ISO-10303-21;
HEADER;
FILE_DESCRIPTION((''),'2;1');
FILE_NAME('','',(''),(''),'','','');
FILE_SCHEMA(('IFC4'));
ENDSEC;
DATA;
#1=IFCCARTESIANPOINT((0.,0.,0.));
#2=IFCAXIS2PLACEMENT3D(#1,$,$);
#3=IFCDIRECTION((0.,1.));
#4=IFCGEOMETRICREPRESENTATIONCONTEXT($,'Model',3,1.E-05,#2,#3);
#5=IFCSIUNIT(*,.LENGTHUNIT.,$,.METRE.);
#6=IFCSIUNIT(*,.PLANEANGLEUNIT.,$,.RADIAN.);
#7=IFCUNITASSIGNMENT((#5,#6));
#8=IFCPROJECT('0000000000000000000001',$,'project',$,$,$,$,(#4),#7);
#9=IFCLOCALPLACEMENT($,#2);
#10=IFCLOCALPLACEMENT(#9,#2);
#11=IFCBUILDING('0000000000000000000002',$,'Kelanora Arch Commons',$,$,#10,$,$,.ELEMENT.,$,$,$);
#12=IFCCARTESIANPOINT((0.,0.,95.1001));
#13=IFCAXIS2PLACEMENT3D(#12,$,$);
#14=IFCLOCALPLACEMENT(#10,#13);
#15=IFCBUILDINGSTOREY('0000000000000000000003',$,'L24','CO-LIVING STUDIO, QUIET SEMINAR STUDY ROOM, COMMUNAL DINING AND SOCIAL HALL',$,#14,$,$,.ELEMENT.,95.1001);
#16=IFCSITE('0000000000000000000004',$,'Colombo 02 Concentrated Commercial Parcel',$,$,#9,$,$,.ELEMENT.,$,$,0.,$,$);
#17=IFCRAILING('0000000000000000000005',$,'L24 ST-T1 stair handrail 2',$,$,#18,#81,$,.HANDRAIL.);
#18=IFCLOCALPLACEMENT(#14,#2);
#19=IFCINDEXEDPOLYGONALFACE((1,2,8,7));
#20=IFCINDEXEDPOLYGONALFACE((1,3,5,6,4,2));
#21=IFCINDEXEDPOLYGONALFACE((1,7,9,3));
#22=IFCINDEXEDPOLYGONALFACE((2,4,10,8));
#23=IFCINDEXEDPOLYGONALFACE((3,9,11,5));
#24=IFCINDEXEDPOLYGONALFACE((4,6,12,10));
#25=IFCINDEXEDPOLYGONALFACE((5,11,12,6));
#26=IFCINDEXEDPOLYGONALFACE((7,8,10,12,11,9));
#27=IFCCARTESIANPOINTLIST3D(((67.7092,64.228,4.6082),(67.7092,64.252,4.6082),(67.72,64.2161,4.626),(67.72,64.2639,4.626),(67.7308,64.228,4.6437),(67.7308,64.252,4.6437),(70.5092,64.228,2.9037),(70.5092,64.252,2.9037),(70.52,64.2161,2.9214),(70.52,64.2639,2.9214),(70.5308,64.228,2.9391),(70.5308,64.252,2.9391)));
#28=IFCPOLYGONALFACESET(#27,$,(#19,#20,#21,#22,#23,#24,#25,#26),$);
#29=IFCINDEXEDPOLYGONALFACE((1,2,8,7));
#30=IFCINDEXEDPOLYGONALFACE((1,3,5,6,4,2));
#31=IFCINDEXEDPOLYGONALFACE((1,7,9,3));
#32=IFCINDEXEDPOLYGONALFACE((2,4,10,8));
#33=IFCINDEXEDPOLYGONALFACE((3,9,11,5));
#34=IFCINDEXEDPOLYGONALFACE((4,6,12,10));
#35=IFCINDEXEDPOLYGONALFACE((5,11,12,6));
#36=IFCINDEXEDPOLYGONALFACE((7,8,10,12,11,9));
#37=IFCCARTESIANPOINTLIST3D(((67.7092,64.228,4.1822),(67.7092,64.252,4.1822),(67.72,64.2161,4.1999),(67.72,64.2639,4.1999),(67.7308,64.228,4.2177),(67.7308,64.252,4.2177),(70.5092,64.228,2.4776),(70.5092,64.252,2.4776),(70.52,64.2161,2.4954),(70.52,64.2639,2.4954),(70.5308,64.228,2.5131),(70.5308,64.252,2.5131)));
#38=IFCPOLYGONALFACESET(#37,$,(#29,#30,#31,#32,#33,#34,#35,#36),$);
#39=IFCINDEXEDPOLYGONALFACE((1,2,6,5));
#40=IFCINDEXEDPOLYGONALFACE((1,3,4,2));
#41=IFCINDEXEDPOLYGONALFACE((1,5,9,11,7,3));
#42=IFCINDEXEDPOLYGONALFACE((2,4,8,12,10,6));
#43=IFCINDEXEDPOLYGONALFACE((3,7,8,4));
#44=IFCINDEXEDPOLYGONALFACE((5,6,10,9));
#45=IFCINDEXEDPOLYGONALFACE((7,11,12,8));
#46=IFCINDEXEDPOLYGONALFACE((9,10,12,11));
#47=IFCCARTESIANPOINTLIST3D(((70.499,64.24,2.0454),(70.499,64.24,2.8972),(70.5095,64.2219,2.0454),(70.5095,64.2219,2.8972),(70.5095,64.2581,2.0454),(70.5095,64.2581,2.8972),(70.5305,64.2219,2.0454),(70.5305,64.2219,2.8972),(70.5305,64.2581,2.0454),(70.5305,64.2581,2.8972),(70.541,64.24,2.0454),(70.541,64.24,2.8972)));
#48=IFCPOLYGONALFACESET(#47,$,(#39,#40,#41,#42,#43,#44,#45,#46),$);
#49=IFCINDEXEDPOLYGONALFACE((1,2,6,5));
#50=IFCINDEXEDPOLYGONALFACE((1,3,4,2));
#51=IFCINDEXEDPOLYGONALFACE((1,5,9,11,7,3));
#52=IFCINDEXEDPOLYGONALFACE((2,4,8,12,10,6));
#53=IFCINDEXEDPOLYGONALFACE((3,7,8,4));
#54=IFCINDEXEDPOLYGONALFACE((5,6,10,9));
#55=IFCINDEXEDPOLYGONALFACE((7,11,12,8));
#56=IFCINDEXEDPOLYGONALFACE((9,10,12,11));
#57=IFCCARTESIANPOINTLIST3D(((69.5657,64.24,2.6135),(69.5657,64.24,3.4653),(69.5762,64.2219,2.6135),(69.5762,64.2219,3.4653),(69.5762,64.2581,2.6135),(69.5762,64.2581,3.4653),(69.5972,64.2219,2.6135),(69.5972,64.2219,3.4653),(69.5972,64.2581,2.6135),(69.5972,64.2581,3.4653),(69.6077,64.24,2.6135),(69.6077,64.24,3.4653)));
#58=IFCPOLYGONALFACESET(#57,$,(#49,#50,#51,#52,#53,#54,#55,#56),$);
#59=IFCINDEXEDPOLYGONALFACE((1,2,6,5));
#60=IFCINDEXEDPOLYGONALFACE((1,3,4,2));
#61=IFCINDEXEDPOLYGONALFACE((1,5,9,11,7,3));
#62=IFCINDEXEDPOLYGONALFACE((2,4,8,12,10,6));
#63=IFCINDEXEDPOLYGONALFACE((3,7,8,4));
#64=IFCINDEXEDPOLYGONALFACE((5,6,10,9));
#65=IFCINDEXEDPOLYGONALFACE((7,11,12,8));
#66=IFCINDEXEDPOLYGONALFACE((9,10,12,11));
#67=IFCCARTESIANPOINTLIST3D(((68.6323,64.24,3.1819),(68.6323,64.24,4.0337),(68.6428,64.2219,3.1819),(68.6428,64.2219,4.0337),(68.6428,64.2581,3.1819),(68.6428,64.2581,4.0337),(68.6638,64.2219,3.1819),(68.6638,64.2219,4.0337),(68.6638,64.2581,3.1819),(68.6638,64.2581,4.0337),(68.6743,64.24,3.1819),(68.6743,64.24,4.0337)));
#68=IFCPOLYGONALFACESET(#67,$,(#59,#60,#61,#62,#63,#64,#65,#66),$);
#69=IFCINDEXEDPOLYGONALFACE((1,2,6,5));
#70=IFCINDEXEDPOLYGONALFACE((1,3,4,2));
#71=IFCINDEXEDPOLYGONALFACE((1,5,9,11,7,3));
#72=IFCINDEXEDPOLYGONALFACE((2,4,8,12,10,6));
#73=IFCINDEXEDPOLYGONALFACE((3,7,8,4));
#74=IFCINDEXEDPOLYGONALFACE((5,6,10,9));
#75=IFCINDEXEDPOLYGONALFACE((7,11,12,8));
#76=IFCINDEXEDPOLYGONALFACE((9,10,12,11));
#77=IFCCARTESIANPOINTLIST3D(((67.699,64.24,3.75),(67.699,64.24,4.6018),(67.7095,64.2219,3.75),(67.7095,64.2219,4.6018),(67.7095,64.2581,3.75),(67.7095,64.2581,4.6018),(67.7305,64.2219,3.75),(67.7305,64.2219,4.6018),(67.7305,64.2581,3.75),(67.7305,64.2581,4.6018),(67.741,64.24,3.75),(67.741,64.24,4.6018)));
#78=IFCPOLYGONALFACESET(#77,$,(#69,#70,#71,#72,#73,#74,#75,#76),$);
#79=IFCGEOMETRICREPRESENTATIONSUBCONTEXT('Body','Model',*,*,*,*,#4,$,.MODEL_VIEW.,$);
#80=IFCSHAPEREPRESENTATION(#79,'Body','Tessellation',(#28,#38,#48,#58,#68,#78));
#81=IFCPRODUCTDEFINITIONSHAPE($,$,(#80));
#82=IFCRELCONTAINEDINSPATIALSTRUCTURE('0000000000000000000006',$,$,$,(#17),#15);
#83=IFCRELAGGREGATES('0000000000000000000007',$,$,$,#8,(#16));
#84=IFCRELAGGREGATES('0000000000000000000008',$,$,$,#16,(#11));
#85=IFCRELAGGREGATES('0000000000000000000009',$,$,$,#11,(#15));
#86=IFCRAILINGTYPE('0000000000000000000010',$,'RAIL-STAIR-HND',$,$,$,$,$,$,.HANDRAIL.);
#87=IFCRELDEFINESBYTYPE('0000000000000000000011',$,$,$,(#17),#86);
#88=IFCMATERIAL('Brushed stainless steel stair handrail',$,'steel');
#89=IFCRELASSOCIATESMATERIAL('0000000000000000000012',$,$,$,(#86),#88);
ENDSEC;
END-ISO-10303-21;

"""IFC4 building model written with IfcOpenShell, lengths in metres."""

from ifc_helpers import new_model, si_unit, direction, frame, origin, place, context, subcontext, project, spatial, polyline, outline, extrude, material, type_object, element, save


model = new_model("IFC4")

# Units and contexts
model_context = context("Model", 3, precision=1e-05, world=origin(), true_north=direction((0.0, 1.0)))
body_context = subcontext(model_context, "Body", "Model", "MODEL_VIEW")
ifc_project = project(units=[si_unit("LENGTHUNIT", "METRE"), si_unit("PLANEANGLEUNIT", "RADIAN")], contexts=[model_context])

# Site, building, storey
site_placement = place(None, origin())
site = spatial("IfcSite", under=ifc_project, at=site_placement, Name="Colombo 02 Concentrated Commercial Parcel", CompositionType="ELEMENT", RefElevation=0.0)
building_placement = place(site_placement, origin())
building = spatial("IfcBuilding", under=site, at=building_placement, Name="Kelanora Arch Commons", CompositionType="ELEMENT")
storey_placement = place(building_placement, frame((0.0, 0.0, 95.1001)))
storey = spatial("IfcBuildingStorey", under=building, at=storey_placement, Name="L24", Description="CO-LIVING STUDIO, QUIET SEMINAR STUDY ROOM, COMMUNAL DINING AND SOCIAL HALL", CompositionType="ELEMENT", Elevation=95.1001)

# Railing
ifc_material_1 = material(Name="Brushed stainless steel stair handrail", Category="steel")
railing_type_1 = type_object("IfcRailingType", Name="RAIL-STAIR-HND", PredefinedType="HANDRAIL", material=ifc_material_1)
railing_1_placement = place(storey_placement, frame((70.52, 64.24, 2.0454)))
element("IfcRailing", 1, at=railing_1_placement, inside=storey, type_object=railing_type_1, Name="L24 ST-T1 stair handrail 2", PredefinedType="HANDRAIL", context=body_context, shape_type="SweptSolid", body=[
    extrude(outline(polyline([(0.0239, 0.0), (0.012, 0.0208), (-0.012, 0.0208), (-0.0239, 0.0), (-0.012, -0.0208), (0.012, -0.0208), (0.0239, 0.0)])), frame((0.0, 0.0, 0.876), z_axis=(-0.85417, 0.0, 0.519994), x_axis=(0.0, -1.0, 0.0)), (0.0, 0.0, 1.0), 3.2781),
    extrude(outline(polyline([(0.0239, 0.0), (0.012, 0.0208), (-0.012, 0.0208), (-0.0239, 0.0), (-0.012, -0.0208), (0.012, -0.0208), (0.0239, 0.0)])), frame((0.0, 0.0, 0.45), z_axis=(-0.85417, 0.0, 0.519994), x_axis=(0.0, -1.0, 0.0)), (0.0, 0.0, 1.0), 3.2781),
    extrude(outline(polyline([(0.021, 0.0), (0.0105, 0.0181), (-0.0105, 0.0181), (-0.021, 0.0), (-0.0105, -0.0181), (0.0105, -0.0181), (0.021, 0.0)])), origin(), (0.0, 0.0, 1.0), 0.8518),
    extrude(outline(polyline([(0.021, 0.0), (0.0105, 0.0181), (-0.0105, 0.0181), (-0.021, 0.0), (-0.0105, -0.0181), (0.0105, -0.0181), (0.021, 0.0)])), frame((-0.9333, 0.0, 0.5681)), (0.0, 0.0, 1.0), 0.8518),
    extrude(outline(polyline([(0.021, 0.0), (0.0105, 0.0181), (-0.0105, 0.0181), (-0.021, 0.0), (-0.0105, -0.0181), (0.0105, -0.0181), (0.021, 0.0)])), frame((-1.8667, 0.0, 1.1365)), (0.0, 0.0, 1.0), 0.8518),
    extrude(outline(polyline([(0.021, 0.0), (0.0105, 0.0181), (-0.0105, 0.0181), (-0.021, 0.0), (-0.0105, -0.0181), (0.0105, -0.0181), (0.021, 0.0)])), frame((-2.8, 0.0, 1.7046)), (0.0, 0.0, 1.0), 0.8518),
])

save(model, "model.ifc")
